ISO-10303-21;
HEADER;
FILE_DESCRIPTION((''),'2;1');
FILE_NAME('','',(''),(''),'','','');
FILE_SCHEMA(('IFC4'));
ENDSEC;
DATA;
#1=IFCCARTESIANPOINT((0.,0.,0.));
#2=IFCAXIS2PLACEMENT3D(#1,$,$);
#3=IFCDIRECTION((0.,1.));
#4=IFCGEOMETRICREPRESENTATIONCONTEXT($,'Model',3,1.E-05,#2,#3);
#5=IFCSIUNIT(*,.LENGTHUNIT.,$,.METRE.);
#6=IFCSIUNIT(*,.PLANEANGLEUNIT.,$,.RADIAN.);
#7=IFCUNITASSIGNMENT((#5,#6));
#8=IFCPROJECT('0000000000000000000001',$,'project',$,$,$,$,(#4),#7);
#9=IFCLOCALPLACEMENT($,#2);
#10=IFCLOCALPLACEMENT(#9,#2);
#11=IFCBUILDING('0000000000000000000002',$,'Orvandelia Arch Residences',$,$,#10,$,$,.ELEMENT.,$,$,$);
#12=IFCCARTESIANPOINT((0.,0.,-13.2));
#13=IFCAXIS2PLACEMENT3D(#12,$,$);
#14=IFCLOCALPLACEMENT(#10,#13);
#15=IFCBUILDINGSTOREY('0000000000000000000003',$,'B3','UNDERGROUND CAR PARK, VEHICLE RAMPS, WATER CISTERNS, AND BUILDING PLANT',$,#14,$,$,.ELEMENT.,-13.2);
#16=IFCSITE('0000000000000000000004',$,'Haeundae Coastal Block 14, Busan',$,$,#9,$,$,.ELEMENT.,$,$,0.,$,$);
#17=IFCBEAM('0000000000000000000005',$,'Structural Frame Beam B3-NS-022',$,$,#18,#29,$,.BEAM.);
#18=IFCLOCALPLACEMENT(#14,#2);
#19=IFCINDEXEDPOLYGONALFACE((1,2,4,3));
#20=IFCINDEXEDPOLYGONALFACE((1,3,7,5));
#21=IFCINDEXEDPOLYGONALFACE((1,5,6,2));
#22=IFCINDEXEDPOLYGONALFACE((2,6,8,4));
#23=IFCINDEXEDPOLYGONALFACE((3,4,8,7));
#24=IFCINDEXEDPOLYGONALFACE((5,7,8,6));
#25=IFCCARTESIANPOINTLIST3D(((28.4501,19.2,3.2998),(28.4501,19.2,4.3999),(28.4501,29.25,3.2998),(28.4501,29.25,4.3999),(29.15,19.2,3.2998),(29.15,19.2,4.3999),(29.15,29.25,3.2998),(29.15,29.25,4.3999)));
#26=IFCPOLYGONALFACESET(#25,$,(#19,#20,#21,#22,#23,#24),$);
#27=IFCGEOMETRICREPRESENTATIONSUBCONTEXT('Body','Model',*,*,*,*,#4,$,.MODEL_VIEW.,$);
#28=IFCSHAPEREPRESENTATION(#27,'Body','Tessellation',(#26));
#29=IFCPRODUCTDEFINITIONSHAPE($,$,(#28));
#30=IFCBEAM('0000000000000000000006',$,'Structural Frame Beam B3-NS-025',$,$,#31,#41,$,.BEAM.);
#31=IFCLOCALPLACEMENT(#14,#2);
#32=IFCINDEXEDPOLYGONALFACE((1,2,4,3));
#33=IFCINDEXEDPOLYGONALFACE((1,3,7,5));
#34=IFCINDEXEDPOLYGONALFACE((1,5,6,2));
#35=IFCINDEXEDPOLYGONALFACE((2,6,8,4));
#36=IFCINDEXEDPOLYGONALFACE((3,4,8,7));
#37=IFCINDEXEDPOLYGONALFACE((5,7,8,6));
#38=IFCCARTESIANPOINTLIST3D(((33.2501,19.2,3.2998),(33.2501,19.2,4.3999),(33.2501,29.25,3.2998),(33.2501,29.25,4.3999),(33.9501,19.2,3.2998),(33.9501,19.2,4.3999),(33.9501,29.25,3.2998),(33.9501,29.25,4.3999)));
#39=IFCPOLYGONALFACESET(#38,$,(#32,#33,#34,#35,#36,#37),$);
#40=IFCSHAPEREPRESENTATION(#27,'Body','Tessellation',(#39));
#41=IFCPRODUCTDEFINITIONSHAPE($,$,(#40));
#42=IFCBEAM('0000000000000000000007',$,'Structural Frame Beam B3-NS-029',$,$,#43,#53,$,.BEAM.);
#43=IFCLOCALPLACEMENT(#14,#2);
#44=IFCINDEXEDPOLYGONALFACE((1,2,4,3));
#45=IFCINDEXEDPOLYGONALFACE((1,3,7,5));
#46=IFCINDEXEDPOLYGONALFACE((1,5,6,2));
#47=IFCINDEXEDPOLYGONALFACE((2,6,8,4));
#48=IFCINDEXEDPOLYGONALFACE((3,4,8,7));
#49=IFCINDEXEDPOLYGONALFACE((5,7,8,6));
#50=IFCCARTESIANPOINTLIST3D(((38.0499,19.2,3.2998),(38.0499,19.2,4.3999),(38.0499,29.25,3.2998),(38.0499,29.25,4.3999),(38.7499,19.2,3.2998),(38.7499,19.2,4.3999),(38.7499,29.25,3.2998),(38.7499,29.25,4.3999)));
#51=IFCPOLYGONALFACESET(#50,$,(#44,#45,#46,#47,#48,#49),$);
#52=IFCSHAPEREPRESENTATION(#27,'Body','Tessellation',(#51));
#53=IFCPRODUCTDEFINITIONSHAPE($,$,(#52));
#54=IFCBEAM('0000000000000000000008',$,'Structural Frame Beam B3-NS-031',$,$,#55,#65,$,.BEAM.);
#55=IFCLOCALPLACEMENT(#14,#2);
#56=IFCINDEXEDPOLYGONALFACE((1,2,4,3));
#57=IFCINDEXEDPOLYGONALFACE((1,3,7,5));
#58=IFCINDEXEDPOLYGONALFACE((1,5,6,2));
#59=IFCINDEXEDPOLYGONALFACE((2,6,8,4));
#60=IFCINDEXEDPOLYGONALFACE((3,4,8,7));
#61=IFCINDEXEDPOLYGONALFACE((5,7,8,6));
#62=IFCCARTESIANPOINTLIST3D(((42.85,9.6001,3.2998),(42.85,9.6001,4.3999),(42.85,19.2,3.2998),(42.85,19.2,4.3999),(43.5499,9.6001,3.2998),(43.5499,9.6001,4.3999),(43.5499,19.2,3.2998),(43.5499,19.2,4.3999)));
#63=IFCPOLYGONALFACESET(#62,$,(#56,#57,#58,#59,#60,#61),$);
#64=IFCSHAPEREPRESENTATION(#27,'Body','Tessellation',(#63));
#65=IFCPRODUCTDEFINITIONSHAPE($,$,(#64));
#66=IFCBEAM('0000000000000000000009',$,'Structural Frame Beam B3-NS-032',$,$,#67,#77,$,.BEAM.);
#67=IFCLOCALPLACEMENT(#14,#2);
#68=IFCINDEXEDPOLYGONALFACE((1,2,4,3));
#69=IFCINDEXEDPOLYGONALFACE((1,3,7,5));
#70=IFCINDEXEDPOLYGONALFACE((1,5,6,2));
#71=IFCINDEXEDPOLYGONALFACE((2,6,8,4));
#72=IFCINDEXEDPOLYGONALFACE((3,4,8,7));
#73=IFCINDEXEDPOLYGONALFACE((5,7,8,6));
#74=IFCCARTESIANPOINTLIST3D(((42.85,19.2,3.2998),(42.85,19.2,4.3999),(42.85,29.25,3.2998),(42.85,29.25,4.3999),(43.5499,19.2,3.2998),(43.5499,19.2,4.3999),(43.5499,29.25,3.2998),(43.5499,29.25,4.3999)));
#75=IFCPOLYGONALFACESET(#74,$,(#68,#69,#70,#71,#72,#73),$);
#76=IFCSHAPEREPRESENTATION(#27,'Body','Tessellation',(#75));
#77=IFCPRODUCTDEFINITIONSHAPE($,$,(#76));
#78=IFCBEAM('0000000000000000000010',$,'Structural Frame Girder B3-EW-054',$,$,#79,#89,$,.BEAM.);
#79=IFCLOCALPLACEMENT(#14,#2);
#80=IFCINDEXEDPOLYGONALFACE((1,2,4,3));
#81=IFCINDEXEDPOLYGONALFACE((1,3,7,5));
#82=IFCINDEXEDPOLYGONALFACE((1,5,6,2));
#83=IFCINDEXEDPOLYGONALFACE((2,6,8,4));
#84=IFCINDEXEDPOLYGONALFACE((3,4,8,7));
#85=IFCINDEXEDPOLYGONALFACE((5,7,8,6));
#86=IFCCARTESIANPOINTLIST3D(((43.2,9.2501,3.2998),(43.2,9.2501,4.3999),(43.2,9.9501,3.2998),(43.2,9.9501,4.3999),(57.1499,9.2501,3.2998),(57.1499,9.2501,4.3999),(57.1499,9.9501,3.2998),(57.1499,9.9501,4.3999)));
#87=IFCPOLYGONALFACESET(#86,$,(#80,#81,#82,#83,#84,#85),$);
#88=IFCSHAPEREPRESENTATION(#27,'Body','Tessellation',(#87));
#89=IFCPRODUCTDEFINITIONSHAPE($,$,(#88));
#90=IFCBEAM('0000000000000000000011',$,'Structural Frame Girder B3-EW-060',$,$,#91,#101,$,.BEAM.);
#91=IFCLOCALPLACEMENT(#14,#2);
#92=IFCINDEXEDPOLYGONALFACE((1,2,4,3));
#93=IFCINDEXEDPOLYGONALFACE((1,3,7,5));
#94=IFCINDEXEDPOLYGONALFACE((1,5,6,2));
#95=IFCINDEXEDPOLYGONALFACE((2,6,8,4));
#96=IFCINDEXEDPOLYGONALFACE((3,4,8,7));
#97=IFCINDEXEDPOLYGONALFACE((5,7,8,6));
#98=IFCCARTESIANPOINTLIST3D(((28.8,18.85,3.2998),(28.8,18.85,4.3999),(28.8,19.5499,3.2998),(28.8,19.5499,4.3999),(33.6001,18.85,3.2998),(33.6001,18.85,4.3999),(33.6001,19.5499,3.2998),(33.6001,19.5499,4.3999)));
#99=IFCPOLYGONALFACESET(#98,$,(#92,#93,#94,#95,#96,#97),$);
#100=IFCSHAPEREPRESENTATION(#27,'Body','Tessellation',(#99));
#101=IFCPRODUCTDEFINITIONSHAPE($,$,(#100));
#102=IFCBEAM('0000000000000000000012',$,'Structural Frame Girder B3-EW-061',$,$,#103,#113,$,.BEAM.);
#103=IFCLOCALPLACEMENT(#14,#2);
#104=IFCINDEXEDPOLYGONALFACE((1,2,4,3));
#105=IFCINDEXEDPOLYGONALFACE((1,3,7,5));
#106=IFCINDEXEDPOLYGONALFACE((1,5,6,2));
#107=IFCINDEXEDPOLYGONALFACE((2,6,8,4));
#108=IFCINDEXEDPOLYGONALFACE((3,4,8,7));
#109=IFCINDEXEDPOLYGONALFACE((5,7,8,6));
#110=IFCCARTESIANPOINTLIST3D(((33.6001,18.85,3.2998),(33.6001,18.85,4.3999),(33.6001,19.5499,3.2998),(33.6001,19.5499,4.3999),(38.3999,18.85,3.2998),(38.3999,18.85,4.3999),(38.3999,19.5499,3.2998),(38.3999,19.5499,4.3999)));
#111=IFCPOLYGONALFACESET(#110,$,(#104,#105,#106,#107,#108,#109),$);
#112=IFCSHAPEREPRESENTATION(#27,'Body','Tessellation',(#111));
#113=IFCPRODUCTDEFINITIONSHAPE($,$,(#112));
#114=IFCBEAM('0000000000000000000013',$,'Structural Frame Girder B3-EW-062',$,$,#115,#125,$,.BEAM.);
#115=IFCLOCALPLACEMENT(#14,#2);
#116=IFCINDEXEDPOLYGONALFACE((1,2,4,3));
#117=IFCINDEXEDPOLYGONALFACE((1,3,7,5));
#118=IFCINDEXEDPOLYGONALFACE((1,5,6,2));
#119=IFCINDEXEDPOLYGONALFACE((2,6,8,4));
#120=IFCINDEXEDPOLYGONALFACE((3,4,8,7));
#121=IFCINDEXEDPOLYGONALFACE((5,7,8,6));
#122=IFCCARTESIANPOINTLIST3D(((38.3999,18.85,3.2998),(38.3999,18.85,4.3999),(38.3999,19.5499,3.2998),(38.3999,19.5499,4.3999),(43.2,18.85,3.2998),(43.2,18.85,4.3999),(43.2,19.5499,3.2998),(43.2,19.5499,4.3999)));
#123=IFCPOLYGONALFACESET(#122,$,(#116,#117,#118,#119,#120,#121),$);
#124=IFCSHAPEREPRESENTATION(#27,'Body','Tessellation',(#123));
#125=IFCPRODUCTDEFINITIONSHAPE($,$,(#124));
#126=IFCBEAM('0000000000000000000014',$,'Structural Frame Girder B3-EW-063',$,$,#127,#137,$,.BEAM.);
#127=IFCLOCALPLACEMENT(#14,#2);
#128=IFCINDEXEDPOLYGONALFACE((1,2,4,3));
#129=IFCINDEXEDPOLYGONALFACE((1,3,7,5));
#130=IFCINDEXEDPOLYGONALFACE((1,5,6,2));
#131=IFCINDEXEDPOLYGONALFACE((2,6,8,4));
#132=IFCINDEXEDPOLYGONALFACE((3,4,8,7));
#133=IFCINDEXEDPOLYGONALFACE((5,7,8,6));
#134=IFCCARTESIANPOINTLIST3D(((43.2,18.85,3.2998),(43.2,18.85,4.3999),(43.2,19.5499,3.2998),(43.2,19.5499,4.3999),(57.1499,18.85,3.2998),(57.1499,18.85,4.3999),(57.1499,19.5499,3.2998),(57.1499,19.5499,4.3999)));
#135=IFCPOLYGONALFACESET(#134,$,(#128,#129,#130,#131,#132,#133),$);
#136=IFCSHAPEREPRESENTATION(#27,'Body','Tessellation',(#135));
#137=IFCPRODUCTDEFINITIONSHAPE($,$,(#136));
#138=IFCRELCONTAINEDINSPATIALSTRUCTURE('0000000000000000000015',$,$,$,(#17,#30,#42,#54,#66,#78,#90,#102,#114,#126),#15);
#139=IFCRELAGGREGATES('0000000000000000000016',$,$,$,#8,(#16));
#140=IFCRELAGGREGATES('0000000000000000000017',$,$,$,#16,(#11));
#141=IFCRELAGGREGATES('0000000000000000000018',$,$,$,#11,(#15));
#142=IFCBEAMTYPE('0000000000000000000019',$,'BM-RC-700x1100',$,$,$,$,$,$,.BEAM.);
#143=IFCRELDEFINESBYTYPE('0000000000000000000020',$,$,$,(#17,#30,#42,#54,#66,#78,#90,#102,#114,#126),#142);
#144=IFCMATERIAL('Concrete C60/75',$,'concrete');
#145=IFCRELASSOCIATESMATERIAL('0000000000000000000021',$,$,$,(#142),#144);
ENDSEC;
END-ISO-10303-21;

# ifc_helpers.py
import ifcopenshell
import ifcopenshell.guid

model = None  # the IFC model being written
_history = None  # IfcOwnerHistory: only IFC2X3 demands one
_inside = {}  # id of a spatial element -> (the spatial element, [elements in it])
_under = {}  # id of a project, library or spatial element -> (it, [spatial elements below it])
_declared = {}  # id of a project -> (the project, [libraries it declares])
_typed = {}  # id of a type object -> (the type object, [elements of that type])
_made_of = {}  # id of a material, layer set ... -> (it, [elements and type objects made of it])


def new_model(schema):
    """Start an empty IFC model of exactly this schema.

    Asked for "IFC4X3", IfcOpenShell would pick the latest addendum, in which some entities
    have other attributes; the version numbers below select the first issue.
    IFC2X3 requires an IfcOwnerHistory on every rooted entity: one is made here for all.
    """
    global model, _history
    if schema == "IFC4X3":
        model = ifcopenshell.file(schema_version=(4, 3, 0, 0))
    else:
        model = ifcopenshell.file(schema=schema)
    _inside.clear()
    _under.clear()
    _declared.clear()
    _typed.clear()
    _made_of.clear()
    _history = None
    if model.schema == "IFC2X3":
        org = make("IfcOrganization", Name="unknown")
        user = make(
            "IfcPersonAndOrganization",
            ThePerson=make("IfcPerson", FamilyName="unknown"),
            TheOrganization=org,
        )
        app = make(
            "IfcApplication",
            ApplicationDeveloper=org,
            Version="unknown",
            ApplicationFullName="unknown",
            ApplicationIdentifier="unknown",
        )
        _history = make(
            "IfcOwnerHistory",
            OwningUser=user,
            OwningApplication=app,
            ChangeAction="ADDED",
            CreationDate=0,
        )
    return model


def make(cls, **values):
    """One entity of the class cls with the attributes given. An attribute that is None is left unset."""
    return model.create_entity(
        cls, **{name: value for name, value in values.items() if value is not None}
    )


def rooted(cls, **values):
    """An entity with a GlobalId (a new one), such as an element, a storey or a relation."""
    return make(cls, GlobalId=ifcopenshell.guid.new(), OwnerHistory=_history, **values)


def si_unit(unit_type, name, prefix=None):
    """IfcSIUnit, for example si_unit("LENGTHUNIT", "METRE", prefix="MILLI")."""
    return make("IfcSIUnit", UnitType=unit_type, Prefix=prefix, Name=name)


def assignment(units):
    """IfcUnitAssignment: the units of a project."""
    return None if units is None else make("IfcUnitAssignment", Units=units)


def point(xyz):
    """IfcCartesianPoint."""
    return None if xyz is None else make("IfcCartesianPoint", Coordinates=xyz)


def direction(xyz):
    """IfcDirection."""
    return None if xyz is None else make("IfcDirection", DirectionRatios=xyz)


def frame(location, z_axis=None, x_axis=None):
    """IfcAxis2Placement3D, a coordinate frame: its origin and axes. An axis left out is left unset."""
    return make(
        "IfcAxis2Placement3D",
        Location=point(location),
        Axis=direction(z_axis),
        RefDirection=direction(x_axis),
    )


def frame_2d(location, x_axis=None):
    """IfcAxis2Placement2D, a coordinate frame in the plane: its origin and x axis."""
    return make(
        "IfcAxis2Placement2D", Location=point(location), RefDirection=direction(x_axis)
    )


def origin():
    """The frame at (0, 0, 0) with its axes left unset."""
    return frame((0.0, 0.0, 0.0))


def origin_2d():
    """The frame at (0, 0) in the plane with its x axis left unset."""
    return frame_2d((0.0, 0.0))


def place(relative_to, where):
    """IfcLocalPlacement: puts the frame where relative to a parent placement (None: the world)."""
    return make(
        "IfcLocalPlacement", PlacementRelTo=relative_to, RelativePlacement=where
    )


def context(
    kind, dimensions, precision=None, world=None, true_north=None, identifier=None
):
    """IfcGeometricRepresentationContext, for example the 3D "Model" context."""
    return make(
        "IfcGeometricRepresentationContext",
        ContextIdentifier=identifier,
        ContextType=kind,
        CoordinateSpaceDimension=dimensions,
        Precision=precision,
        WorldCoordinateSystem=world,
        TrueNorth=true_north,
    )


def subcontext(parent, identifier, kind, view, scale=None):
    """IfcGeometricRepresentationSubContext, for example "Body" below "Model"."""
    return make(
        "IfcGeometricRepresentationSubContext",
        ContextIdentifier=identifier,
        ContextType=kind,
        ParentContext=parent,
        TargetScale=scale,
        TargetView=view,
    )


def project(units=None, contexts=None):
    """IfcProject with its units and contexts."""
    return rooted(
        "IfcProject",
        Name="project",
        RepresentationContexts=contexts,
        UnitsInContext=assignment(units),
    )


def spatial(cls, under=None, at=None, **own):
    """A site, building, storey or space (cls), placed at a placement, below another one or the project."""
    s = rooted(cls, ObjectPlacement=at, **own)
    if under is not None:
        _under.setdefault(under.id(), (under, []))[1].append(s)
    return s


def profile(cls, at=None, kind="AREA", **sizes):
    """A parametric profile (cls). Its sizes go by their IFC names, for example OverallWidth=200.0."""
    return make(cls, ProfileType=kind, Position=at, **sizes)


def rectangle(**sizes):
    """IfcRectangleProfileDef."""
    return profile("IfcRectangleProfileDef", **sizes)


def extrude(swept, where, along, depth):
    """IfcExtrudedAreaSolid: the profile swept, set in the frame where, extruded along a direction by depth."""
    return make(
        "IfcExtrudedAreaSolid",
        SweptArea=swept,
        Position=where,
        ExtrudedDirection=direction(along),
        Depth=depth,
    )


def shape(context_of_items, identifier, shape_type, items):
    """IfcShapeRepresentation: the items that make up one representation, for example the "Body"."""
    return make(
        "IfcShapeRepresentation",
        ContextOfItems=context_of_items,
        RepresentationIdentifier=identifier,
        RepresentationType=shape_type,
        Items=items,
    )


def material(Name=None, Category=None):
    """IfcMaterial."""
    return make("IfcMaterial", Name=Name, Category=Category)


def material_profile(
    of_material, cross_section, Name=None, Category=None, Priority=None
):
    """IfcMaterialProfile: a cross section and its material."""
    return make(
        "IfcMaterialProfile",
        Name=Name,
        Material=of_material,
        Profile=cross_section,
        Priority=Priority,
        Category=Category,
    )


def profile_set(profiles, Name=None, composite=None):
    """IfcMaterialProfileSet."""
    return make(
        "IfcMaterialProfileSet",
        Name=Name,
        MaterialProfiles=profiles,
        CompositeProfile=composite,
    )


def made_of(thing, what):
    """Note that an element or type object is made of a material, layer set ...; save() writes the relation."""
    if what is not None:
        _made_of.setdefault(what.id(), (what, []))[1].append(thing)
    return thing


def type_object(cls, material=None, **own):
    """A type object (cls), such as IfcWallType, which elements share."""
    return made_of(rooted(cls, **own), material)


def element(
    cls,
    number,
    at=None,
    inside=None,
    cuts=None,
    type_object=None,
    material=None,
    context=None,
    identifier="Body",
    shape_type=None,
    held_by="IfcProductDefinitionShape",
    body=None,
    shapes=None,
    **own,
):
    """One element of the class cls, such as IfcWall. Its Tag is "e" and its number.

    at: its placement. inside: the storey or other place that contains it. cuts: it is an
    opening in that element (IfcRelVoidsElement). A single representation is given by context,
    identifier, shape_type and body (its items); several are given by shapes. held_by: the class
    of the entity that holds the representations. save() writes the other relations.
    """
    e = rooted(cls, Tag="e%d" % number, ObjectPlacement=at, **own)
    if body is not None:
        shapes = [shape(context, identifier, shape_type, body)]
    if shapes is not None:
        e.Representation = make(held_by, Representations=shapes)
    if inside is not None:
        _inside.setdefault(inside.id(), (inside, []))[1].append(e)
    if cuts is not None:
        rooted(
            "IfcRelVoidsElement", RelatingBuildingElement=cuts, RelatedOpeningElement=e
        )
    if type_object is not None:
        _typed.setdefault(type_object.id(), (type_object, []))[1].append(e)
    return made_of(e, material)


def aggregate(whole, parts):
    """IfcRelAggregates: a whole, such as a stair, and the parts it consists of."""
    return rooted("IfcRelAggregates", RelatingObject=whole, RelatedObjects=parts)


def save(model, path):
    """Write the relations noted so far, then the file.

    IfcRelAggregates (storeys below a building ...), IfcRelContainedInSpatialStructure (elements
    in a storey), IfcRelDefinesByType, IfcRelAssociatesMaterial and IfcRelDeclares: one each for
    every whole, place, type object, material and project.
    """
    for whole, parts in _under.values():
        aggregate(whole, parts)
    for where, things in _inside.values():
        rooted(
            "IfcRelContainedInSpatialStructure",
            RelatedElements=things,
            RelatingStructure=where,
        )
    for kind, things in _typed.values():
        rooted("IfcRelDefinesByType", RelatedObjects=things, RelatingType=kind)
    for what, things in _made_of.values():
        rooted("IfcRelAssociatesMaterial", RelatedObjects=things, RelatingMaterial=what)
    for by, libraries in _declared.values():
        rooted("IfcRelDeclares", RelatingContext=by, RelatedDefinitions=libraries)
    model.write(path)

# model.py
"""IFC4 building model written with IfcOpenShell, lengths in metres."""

from ifc_helpers import new_model, si_unit, direction, frame, origin, origin_2d, place, context, subcontext, project, spatial, rectangle, extrude, material, material_profile, profile_set, type_object, element, save


model = new_model("IFC4")

# Units and contexts
model_context = context("Model", 3, precision=1e-05, world=origin(), true_north=direction((0.0, 1.0)))
body_context = subcontext(model_context, "Body", "Model", "MODEL_VIEW")
ifc_project = project(units=[si_unit("LENGTHUNIT", "METRE"), si_unit("PLANEANGLEUNIT", "RADIAN")], contexts=[model_context])

# Site, building, storey
site_placement = place(None, origin())
site = spatial("IfcSite", under=ifc_project, at=site_placement, Name="Haeundae Coastal Block 14, Busan", CompositionType="ELEMENT", RefElevation=0.0)
building_placement = place(site_placement, origin())
building = spatial("IfcBuilding", under=site, at=building_placement, Name="Orvandelia Arch Residences", CompositionType="ELEMENT")
storey_placement = place(building_placement, frame((0.0, 0.0, -13.2)))
storey = spatial("IfcBuildingStorey", under=building, at=storey_placement, Name="B3", Description="UNDERGROUND CAR PARK, VEHICLE RAMPS, WATER CISTERNS, AND BUILDING PLANT", CompositionType="ELEMENT", Elevation=-13.2)

# Beams
ifc_material_1 = material(Name="Concrete C60/75", Category="concrete")
ifc_material_profile_1 = material_profile(ifc_material_1, rectangle(XDim=0.7, YDim=1.1001, at=origin_2d()), Name="Concrete C60/75", Category="concrete")
ifc_profile_set_1 = profile_set([ifc_material_profile_1], Name="Concrete C60/75")
beam_type = type_object("IfcBeamType", Name="BM-RC-700x1100", PredefinedType="BEAM", material=ifc_profile_set_1)
for number, where, z_axis, x_axis, name in (
    (1, (28.8, 19.2, 3.8499), (0.0, 1.0, 0.0), (-1.0, 0.0, 0.0), "Structural Frame Beam B3-NS-022"),
    (2, (33.6001, 19.2, 3.8499), (0.0, 1.0, 0.0), (-1.0, 0.0, 0.0), "Structural Frame Beam B3-NS-025"),
    (3, (38.3999, 19.2, 3.8499), (0.0, 1.0, 0.0), (-1.0, 0.0, 0.0), "Structural Frame Beam B3-NS-029"),
):
    element("IfcBeam", number, at=place(storey_placement, frame(where, z_axis=z_axis, x_axis=x_axis)), inside=storey, type_object=beam_type, Name=name, PredefinedType="BEAM", context=body_context, shape_type="SweptSolid", body=[
        extrude(rectangle(XDim=0.7, YDim=1.1001, at=origin_2d()), origin(), (0.0, 0.0, 1.0), 10.05),
    ])
beam_1_placement = place(storey_placement, frame((43.2, 9.6001, 3.8499), z_axis=(0.0, 1.0, 0.0), x_axis=(-1.0, 0.0, 0.0)))
element("IfcBeam", 4, at=beam_1_placement, inside=storey, type_object=beam_type, Name="Structural Frame Beam B3-NS-031", PredefinedType="BEAM", context=body_context, shape_type="SweptSolid", body=[
    extrude(rectangle(XDim=0.7, YDim=1.1001, at=origin_2d()), origin(), (0.0, 0.0, 1.0), 9.5999),
])
beam_2_placement = place(storey_placement, frame((43.2, 19.2, 3.8499), z_axis=(0.0, 1.0, 0.0), x_axis=(-1.0, 0.0, 0.0)))
element("IfcBeam", 5, at=beam_2_placement, inside=storey, type_object=beam_type, Name="Structural Frame Beam B3-NS-032", PredefinedType="BEAM", context=body_context, shape_type="SweptSolid", body=[
    extrude(rectangle(XDim=0.7, YDim=1.1001, at=origin_2d()), origin(), (0.0, 0.0, 1.0), 10.05),
])
beam_3_placement = place(storey_placement, frame((43.2, 9.6001, 3.8499), z_axis=(1.0, 0.0, 0.0), x_axis=(0.0, 1.0, 0.0)))
element("IfcBeam", 6, at=beam_3_placement, inside=storey, type_object=beam_type, Name="Structural Frame Girder B3-EW-054", PredefinedType="BEAM", context=body_context, shape_type="SweptSolid", body=[
    extrude(rectangle(XDim=0.7, YDim=1.1001, at=origin_2d()), origin(), (0.0, 0.0, 1.0), 13.95),
])
beam_4_placement = place(storey_placement, frame((28.8, 19.2, 3.8499), z_axis=(1.0, 0.0, 0.0), x_axis=(0.0, 1.0, 0.0)))
element("IfcBeam", 7, at=beam_4_placement, inside=storey, type_object=beam_type, Name="Structural Frame Girder B3-EW-060", PredefinedType="BEAM", context=body_context, shape_type="SweptSolid", body=[
    extrude(rectangle(XDim=0.7, YDim=1.1001, at=origin_2d()), origin(), (0.0, 0.0, 1.0), 4.8),
])
beam_5_placement = place(storey_placement, frame((33.6001, 19.2, 3.8499), z_axis=(1.0, 0.0, 0.0), x_axis=(0.0, 1.0, 0.0)))
element("IfcBeam", 8, at=beam_5_placement, inside=storey, type_object=beam_type, Name="Structural Frame Girder B3-EW-061", PredefinedType="BEAM", context=body_context, shape_type="SweptSolid", body=[
    extrude(rectangle(XDim=0.7, YDim=1.1001, at=origin_2d()), origin(), (0.0, 0.0, 1.0), 4.7998),
])
beam_6_placement = place(storey_placement, frame((38.3999, 19.2, 3.8499), z_axis=(1.0, 0.0, 0.0), x_axis=(0.0, 1.0, 0.0)))
element("IfcBeam", 9, at=beam_6_placement, inside=storey, type_object=beam_type, Name="Structural Frame Girder B3-EW-062", PredefinedType="BEAM", context=body_context, shape_type="SweptSolid", body=[
    extrude(rectangle(XDim=0.7, YDim=1.1001, at=origin_2d()), origin(), (0.0, 0.0, 1.0), 4.8),
])
beam_7_placement = place(storey_placement, frame((43.2, 19.2, 3.8499), z_axis=(1.0, 0.0, 0.0), x_axis=(0.0, 1.0, 0.0)))
element("IfcBeam", 10, at=beam_7_placement, inside=storey, type_object=beam_type, Name="Structural Frame Girder B3-EW-063", PredefinedType="BEAM", context=body_context, shape_type="SweptSolid", body=[
    extrude(rectangle(XDim=0.7, YDim=1.1001, at=origin_2d()), origin(), (0.0, 0.0, 1.0), 13.95),
])

save(model, "model.ifc")
